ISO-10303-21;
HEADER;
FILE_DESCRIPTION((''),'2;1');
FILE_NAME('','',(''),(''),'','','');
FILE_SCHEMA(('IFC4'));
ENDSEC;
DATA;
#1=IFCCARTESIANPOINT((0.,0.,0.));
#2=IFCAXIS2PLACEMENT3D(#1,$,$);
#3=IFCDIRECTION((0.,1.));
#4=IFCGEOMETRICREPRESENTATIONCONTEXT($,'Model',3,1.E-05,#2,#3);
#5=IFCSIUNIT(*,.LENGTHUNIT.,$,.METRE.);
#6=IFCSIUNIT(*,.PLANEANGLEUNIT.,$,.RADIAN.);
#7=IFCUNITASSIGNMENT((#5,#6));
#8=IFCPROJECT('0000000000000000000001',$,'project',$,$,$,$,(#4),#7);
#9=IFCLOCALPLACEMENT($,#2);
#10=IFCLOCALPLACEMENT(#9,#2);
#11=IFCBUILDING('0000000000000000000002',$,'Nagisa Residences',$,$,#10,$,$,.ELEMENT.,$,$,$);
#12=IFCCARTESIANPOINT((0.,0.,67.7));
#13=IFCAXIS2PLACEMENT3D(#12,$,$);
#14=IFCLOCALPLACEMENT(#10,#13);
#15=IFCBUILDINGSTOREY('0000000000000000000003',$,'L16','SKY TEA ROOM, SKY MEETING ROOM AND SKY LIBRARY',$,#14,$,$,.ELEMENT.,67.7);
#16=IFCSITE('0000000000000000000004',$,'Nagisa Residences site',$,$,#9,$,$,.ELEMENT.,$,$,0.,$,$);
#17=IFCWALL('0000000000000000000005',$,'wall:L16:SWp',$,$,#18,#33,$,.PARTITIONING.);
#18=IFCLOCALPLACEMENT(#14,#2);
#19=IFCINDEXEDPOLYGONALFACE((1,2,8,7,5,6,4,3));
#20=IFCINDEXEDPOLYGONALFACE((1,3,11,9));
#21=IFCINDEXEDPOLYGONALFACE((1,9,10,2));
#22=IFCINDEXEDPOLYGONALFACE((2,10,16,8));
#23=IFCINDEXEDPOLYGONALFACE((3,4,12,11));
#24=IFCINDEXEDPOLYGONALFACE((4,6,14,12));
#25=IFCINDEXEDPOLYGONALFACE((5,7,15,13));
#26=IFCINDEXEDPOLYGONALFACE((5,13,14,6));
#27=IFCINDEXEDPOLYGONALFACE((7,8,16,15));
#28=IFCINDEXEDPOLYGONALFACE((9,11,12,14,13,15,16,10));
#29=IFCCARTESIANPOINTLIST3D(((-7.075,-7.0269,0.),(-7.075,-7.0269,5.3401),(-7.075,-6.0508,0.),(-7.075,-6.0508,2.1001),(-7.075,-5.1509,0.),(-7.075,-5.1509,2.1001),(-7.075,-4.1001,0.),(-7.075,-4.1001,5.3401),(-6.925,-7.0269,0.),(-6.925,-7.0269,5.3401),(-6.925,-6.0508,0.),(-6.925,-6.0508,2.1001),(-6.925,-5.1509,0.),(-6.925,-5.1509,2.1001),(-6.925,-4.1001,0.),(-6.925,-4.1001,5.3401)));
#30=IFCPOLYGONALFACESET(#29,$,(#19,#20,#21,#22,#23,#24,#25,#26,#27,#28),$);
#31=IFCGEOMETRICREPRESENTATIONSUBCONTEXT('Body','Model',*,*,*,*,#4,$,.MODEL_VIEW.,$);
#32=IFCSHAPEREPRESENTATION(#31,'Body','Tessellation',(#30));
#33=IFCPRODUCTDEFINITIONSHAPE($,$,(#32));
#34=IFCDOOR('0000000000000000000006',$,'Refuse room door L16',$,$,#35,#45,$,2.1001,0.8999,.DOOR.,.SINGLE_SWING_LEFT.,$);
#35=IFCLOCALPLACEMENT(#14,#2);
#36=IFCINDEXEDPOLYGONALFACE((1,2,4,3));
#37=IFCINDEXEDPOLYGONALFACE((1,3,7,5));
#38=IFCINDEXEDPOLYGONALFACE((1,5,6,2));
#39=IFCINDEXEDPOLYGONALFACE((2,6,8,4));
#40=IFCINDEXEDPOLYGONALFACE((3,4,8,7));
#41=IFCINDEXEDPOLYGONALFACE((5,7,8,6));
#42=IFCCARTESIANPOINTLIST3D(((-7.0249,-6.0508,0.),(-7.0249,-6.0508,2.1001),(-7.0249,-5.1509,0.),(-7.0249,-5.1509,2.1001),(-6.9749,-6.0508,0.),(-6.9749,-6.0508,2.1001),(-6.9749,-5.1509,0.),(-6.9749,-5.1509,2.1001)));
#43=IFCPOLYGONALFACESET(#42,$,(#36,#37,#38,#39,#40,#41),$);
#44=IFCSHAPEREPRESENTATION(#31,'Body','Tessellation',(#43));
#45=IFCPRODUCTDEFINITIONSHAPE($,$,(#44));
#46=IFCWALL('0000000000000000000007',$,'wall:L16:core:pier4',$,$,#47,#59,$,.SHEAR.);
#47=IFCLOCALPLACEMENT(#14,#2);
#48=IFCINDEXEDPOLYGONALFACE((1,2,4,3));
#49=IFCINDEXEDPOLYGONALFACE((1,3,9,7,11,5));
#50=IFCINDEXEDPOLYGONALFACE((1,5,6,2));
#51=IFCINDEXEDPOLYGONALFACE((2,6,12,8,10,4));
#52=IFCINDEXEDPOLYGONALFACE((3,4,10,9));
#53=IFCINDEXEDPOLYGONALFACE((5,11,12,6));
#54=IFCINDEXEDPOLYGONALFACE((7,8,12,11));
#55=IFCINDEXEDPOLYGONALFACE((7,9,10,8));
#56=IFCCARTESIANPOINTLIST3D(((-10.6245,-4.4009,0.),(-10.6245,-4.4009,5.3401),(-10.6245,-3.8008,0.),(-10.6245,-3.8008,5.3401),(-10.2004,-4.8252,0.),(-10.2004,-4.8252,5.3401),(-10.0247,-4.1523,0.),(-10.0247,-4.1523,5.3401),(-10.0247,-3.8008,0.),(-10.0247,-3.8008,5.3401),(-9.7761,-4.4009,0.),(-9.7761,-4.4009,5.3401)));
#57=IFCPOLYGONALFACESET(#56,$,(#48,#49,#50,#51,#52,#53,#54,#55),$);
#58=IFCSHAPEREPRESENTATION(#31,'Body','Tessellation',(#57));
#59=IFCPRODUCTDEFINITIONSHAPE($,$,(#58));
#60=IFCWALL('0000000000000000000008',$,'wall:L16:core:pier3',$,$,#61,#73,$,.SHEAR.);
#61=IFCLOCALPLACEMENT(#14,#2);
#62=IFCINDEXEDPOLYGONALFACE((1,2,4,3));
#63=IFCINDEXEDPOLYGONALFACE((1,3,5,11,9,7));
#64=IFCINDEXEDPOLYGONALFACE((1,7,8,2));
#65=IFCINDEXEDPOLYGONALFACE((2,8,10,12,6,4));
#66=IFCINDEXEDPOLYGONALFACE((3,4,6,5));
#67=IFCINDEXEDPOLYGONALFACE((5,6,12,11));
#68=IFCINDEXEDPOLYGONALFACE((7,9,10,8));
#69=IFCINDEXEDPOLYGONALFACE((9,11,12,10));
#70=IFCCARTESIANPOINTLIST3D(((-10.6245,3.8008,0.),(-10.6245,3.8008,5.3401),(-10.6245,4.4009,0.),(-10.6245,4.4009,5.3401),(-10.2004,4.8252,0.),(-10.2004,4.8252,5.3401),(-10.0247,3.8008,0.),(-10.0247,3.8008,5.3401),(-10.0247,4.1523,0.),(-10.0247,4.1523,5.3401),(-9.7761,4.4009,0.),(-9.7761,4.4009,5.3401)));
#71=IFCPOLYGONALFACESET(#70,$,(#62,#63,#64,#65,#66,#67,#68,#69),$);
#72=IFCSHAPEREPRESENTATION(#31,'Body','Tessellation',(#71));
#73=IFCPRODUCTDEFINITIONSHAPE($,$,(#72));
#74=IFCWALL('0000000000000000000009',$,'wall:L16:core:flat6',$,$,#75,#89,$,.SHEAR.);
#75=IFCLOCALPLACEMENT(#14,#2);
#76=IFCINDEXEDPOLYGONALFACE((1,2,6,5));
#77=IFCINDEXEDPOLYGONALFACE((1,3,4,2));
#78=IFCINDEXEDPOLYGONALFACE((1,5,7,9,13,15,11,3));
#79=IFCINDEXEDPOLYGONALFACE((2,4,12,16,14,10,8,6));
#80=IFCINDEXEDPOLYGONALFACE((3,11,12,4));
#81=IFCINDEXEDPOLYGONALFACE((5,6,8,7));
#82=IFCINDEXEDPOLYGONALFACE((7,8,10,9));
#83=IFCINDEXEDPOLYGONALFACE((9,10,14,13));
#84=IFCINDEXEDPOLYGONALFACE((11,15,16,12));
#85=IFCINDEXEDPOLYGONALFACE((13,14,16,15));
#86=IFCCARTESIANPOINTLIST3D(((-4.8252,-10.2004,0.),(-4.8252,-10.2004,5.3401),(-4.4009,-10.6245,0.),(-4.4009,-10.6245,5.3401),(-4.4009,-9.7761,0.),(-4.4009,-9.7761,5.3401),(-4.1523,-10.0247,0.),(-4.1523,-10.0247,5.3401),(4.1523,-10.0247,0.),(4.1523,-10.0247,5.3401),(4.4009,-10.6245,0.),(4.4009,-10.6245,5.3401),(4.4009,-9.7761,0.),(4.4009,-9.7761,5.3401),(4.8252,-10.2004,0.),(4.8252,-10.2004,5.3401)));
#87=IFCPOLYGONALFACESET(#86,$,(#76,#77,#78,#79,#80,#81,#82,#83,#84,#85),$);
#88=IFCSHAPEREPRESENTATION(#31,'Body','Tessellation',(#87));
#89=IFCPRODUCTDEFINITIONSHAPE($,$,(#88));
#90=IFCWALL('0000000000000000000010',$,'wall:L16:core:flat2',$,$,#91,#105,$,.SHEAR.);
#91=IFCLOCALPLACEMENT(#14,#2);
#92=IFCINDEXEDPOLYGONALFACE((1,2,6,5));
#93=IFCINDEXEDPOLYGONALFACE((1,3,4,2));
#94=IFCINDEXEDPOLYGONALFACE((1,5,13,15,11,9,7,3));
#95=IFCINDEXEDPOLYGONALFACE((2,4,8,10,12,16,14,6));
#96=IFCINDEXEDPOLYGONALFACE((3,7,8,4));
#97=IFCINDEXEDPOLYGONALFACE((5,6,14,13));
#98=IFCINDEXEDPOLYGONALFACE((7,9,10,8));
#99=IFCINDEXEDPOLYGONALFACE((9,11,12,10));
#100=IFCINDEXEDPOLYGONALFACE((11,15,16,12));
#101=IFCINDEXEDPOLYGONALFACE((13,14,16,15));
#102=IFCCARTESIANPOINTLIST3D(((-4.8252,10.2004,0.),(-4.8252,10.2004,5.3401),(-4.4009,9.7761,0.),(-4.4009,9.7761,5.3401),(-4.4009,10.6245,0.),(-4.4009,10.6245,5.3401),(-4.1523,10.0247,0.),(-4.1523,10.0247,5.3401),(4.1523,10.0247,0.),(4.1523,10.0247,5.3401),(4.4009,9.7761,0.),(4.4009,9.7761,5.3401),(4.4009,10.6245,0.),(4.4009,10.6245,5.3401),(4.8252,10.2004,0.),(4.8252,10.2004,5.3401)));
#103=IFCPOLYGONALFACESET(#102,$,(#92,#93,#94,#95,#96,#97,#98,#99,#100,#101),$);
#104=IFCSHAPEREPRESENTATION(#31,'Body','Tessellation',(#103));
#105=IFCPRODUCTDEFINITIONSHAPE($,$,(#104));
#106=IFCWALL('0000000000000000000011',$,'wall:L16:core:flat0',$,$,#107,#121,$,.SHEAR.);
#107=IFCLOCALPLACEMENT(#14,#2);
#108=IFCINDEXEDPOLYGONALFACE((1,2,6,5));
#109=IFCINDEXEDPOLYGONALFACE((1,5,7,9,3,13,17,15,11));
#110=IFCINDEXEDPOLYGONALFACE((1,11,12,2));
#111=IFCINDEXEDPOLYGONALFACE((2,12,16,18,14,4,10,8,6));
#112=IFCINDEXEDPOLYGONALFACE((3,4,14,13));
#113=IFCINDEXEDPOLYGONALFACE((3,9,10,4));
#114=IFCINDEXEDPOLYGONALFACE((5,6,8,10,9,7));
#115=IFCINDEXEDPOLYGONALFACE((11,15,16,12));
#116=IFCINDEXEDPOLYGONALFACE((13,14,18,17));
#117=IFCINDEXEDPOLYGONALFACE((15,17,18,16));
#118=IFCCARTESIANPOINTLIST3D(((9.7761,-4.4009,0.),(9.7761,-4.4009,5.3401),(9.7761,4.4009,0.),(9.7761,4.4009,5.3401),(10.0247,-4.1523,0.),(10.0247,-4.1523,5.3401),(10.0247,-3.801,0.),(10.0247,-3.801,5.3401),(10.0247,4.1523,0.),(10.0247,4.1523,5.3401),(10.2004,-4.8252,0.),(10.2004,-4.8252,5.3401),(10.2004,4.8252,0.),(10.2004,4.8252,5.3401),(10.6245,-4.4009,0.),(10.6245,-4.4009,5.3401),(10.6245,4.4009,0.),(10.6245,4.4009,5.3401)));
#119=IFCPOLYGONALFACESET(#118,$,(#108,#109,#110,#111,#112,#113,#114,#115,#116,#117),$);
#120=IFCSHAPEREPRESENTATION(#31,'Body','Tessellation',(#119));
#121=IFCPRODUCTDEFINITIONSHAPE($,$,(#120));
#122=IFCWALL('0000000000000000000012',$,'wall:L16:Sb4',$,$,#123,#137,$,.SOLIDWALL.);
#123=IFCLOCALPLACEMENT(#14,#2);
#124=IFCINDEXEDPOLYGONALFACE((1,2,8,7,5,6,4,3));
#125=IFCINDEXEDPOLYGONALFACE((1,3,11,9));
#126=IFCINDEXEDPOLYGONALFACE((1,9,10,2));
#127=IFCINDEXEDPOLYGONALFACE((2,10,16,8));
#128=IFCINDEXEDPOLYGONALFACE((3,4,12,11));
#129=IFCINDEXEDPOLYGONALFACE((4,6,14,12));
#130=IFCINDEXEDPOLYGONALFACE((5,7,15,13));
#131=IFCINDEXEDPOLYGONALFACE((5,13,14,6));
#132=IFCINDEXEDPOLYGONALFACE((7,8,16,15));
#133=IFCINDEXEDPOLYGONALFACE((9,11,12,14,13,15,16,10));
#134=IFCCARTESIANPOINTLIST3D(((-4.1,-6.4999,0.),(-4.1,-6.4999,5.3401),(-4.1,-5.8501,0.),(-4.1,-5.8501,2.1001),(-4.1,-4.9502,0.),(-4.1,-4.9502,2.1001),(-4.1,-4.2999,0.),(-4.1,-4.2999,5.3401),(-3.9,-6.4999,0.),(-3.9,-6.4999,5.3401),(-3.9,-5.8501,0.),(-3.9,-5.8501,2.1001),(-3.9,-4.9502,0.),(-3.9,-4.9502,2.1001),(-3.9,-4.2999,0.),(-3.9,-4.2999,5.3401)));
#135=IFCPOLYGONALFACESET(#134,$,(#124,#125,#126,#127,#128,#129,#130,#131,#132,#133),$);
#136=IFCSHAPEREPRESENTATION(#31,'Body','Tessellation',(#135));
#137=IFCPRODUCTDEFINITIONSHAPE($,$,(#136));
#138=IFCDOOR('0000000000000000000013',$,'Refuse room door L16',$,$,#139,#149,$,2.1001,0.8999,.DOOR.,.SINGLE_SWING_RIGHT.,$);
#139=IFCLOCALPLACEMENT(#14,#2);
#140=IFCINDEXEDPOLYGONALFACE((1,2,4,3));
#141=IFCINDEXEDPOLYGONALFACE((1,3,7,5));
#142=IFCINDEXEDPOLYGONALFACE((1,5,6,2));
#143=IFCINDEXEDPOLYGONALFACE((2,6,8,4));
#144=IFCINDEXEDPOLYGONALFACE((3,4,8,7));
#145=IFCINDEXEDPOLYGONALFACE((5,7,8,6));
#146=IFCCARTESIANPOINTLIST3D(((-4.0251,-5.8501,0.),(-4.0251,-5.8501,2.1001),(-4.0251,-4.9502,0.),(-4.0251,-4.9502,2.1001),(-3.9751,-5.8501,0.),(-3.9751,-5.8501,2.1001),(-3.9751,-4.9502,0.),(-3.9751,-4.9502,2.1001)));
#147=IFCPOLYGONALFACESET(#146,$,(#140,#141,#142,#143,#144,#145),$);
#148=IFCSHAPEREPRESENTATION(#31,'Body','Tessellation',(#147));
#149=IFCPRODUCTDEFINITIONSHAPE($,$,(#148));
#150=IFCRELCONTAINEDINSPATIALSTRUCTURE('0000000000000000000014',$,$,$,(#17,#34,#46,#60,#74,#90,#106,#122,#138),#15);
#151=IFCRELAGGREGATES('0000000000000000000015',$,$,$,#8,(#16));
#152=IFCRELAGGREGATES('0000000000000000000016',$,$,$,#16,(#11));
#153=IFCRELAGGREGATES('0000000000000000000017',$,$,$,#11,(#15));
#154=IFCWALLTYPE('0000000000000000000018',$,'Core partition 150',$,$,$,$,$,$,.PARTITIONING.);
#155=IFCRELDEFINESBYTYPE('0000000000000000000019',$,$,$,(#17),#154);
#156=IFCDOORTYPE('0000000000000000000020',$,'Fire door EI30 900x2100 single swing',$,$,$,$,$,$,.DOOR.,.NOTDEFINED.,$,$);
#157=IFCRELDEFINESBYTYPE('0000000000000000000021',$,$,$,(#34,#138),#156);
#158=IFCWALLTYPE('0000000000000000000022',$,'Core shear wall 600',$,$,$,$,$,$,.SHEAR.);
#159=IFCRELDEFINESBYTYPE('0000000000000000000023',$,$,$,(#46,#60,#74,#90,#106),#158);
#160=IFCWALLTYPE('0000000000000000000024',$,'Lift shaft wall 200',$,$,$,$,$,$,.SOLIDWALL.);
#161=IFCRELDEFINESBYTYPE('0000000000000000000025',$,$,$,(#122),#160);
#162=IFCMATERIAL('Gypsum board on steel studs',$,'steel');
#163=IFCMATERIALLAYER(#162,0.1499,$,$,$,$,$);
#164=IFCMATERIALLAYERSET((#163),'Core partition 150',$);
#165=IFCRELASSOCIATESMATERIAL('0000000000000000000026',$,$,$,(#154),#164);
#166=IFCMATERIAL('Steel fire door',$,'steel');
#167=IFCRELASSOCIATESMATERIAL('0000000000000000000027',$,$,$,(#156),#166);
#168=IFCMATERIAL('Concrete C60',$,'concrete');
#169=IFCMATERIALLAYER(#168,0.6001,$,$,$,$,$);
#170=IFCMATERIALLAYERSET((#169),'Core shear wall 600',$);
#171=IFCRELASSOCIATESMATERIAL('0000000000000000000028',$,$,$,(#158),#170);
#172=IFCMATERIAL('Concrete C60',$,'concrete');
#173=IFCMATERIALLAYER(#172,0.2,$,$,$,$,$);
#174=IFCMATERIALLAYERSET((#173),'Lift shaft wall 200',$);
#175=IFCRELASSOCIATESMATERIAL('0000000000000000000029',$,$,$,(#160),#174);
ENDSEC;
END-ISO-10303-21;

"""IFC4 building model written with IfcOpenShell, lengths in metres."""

from ifc_helpers import new_model, si_unit, direction, frame, frame_2d, origin, place, context, subcontext, project, spatial, polyline, rectangle, outline, extrude, material, layer, layer_set, type_object, element, fill, save


model = new_model("IFC4")

# Units and contexts
model_context = context("Model", 3, precision=1e-05, world=origin(), true_north=direction((0.0, 1.0)))
body_context = subcontext(model_context, "Body", "Model", "MODEL_VIEW")
ifc_project = project(units=[si_unit("LENGTHUNIT", "METRE"), si_unit("PLANEANGLEUNIT", "RADIAN")], contexts=[model_context])

# Site, building, storey
site_placement = place(None, origin())
site = spatial("IfcSite", under=ifc_project, at=site_placement, Name="Nagisa Residences site", CompositionType="ELEMENT", RefElevation=0.0)
building_placement = place(site_placement, origin())
building = spatial("IfcBuilding", under=site, at=building_placement, Name="Nagisa Residences", CompositionType="ELEMENT")
storey_placement = place(building_placement, frame((0.0, 0.0, 67.7)))
storey = spatial("IfcBuildingStorey", under=building, at=storey_placement, Name="L16", Description="SKY TEA ROOM, SKY MEETING ROOM AND SKY LIBRARY", CompositionType="ELEMENT", Elevation=67.7)

# Wall, opening, door
ifc_material_1 = material(Name="Gypsum board on steel studs", Category="steel")
ifc_layer_1 = layer(ifc_material_1, 0.1499)
ifc_layer_set_1 = layer_set([ifc_layer_1], Name="Core partition 150")
wall_type_1 = type_object("IfcWallType", Name="Core partition 150", PredefinedType="PARTITIONING", material=ifc_layer_set_1)
wall_1_placement = place(storey_placement, frame((-7.0, -7.0269, 0.0), z_axis=(0.0, 0.0, 1.0), x_axis=(0.0, 1.0, 0.0)))
wall_1 = element("IfcWall", 1, at=wall_1_placement, inside=storey, type_object=wall_type_1, Name="wall:L16:SWp", PredefinedType="PARTITIONING", context=body_context, shape_type="SweptSolid", body=[
    extrude(rectangle(XDim=2.9268, YDim=0.1499, at=frame_2d((1.4634, 0.0))), origin(), (0.0, 0.0, 1.0), 5.3401),
])
opening_1_placement = place(wall_1_placement, frame((0.9761, 0.0, 0.0)))
opening_1 = element("IfcOpeningElement", 2, at=opening_1_placement, cuts=wall_1, PredefinedType="OPENING", context=body_context, shape_type="SweptSolid", body=[
    extrude(rectangle(XDim=0.8999, YDim=2.1001, at=frame_2d((0.45, 1.05))), frame((0.0, 0.085, 0.0), z_axis=(0.0, -1.0, 0.0), x_axis=(1.0, 0.0, 0.0)), (0.0, 0.0, 1.0), 0.1699),
])
ifc_material_2 = material(Name="Steel fire door", Category="steel")
door_type_1 = type_object("IfcDoorType", Name="Fire door EI30 900x2100 single swing", OperationType="NOTDEFINED", PredefinedType="DOOR", material=ifc_material_2)
door_1_placement = place(opening_1_placement, origin())
door_1 = element("IfcDoor", 3, at=door_1_placement, inside=storey, type_object=door_type_1, Name="Refuse room door L16", OperationType="SINGLE_SWING_LEFT", OverallHeight=2.1001, OverallWidth=0.8999, PredefinedType="DOOR", context=body_context, shape_type="SweptSolid", body=[
    extrude(rectangle(XDim=0.8999, YDim=2.1001, at=frame_2d((0.45, 1.05))), frame((0.0, 0.0249, 0.0), z_axis=(0.0, -1.0, 0.0), x_axis=(1.0, 0.0, 0.0)), (0.0, 0.0, 1.0), 0.05),
])
fill(opening_1, door_1)

# Walls
ifc_material_3 = material(Name="Concrete C60", Category="concrete")
ifc_layer_2 = layer(ifc_material_3, 0.6001)
ifc_layer_set_2 = layer_set([ifc_layer_2], Name="Core shear wall 600")
wall_type_2 = type_object("IfcWallType", Name="Core shear wall 600", PredefinedType="SHEAR", material=ifc_layer_set_2)
wall_2_placement = place(storey_placement, origin())
element("IfcWall", 4, at=wall_2_placement, inside=storey, type_object=wall_type_2, Name="wall:L16:core:pier4", PredefinedType="SHEAR", context=body_context, shape_type="SweptSolid", body=[
    extrude(outline(polyline([(-10.6245, -3.8008), (-10.0247, -3.8008), (-10.0247, -4.1523), (-9.7761, -4.4009), (-10.2004, -4.8252), (-10.6245, -4.4009), (-10.6245, -3.8008)])), origin(), (0.0, 0.0, 1.0), 5.3401),
])
wall_3_placement = place(storey_placement, origin())
element("IfcWall", 5, at=wall_3_placement, inside=storey, type_object=wall_type_2, Name="wall:L16:core:pier3", PredefinedType="SHEAR", context=body_context, shape_type="SweptSolid", body=[
    extrude(outline(polyline([(-10.2004, 4.8252), (-9.7761, 4.4009), (-10.0247, 4.1523), (-10.0247, 3.8008), (-10.6245, 3.8008), (-10.6245, 4.4009), (-10.2004, 4.8252)])), origin(), (0.0, 0.0, 1.0), 5.3401),
])
wall_4_placement = place(storey_placement, origin())
element("IfcWall", 6, at=wall_4_placement, inside=storey, type_object=wall_type_2, Name="wall:L16:core:flat6", PredefinedType="SHEAR", context=body_context, shape_type="SweptSolid", body=[
    extrude(outline(polyline([(-4.1523, -10.0247), (4.1523, -10.0247), (4.4009, -9.7761), (4.8252, -10.2004), (4.4009, -10.6245), (-4.4009, -10.6245), (-4.8252, -10.2004), (-4.4009, -9.7761), (-4.1523, -10.0247)])), origin(), (0.0, 0.0, 1.0), 5.3401),
])
wall_5_placement = place(storey_placement, origin())
element("IfcWall", 7, at=wall_5_placement, inside=storey, type_object=wall_type_2, Name="wall:L16:core:flat2", PredefinedType="SHEAR", context=body_context, shape_type="SweptSolid", body=[
    extrude(outline(polyline([(-4.1523, 10.0247), (-4.4009, 9.7761), (-4.8252, 10.2004), (-4.4009, 10.6245), (4.4009, 10.6245), (4.8252, 10.2004), (4.4009, 9.7761), (4.1523, 10.0247), (-4.1523, 10.0247)])), origin(), (0.0, 0.0, 1.0), 5.3401),
])
wall_6_placement = place(storey_placement, origin())
element("IfcWall", 8, at=wall_6_placement, inside=storey, type_object=wall_type_2, Name="wall:L16:core:flat0", PredefinedType="SHEAR", context=body_context, shape_type="SweptSolid", body=[
    extrude(outline(polyline([(9.7761, -4.4009), (10.0247, -4.1523), (10.0247, -3.801), (10.0247, 4.1523), (9.7761, 4.4009), (10.2004, 4.8252), (10.6245, 4.4009), (10.6245, -4.4009), (10.2004, -4.8252), (9.7761, -4.4009)])), origin(), (0.0, 0.0, 1.0), 5.3401),
])

# Wall, opening, door
ifc_material_4 = material(Name="Concrete C60", Category="concrete")
ifc_layer_3 = layer(ifc_material_4, 0.2)
ifc_layer_set_3 = layer_set([ifc_layer_3], Name="Lift shaft wall 200")
wall_type_3 = type_object("IfcWallType", Name="Lift shaft wall 200", PredefinedType="SOLIDWALL", material=ifc_layer_set_3)
wall_7_placement = place(storey_placement, frame((-4.0, -6.5, 0.0), z_axis=(0.0, 0.0, 1.0), x_axis=(0.0, 1.0, 0.0)))
wall_7 = element("IfcWall", 9, at=wall_7_placement, inside=storey, type_object=wall_type_3, Name="wall:L16:Sb4", PredefinedType="SOLIDWALL", context=body_context, shape_type="SweptSolid", body=[
    extrude(rectangle(XDim=2.2, YDim=0.2, at=frame_2d((1.1001, 0.0))), origin(), (0.0, 0.0, 1.0), 5.3401),
])
opening_2_placement = place(wall_7_placement, frame((0.6499, 0.0, 0.0)))
opening_2 = element("IfcOpeningElement", 10, at=opening_2_placement, cuts=wall_7, PredefinedType="OPENING", context=body_context, shape_type="SweptSolid", body=[
    extrude(rectangle(XDim=0.8999, YDim=2.1001, at=frame_2d((0.45, 1.05))), frame((0.0, 0.1099, 0.0), z_axis=(0.0, -1.0, 0.0), x_axis=(1.0, 0.0, 0.0)), (0.0, 0.0, 1.0), 0.22),
])
door_2_placement = place(opening_2_placement, frame((0.8999, 0.0, 0.0), x_axis=(-1.0, 0.0, 0.0)))
door_2 = element("IfcDoor", 11, at=door_2_placement, inside=storey, type_object=door_type_1, Name="Refuse room door L16", OperationType="SINGLE_SWING_RIGHT", OverallHeight=2.1001, OverallWidth=0.8999, PredefinedType="DOOR", context=body_context, shape_type="SweptSolid", body=[
    extrude(rectangle(XDim=0.8999, YDim=2.1001, at=frame_2d((0.45, 1.05))), frame((0.0, 0.0249, 0.0), z_axis=(0.0, -1.0, 0.0), x_axis=(1.0, 0.0, 0.0)), (0.0, 0.0, 1.0), 0.05),
])
fill(opening_2, door_2)

save(model, "model.ifc")
